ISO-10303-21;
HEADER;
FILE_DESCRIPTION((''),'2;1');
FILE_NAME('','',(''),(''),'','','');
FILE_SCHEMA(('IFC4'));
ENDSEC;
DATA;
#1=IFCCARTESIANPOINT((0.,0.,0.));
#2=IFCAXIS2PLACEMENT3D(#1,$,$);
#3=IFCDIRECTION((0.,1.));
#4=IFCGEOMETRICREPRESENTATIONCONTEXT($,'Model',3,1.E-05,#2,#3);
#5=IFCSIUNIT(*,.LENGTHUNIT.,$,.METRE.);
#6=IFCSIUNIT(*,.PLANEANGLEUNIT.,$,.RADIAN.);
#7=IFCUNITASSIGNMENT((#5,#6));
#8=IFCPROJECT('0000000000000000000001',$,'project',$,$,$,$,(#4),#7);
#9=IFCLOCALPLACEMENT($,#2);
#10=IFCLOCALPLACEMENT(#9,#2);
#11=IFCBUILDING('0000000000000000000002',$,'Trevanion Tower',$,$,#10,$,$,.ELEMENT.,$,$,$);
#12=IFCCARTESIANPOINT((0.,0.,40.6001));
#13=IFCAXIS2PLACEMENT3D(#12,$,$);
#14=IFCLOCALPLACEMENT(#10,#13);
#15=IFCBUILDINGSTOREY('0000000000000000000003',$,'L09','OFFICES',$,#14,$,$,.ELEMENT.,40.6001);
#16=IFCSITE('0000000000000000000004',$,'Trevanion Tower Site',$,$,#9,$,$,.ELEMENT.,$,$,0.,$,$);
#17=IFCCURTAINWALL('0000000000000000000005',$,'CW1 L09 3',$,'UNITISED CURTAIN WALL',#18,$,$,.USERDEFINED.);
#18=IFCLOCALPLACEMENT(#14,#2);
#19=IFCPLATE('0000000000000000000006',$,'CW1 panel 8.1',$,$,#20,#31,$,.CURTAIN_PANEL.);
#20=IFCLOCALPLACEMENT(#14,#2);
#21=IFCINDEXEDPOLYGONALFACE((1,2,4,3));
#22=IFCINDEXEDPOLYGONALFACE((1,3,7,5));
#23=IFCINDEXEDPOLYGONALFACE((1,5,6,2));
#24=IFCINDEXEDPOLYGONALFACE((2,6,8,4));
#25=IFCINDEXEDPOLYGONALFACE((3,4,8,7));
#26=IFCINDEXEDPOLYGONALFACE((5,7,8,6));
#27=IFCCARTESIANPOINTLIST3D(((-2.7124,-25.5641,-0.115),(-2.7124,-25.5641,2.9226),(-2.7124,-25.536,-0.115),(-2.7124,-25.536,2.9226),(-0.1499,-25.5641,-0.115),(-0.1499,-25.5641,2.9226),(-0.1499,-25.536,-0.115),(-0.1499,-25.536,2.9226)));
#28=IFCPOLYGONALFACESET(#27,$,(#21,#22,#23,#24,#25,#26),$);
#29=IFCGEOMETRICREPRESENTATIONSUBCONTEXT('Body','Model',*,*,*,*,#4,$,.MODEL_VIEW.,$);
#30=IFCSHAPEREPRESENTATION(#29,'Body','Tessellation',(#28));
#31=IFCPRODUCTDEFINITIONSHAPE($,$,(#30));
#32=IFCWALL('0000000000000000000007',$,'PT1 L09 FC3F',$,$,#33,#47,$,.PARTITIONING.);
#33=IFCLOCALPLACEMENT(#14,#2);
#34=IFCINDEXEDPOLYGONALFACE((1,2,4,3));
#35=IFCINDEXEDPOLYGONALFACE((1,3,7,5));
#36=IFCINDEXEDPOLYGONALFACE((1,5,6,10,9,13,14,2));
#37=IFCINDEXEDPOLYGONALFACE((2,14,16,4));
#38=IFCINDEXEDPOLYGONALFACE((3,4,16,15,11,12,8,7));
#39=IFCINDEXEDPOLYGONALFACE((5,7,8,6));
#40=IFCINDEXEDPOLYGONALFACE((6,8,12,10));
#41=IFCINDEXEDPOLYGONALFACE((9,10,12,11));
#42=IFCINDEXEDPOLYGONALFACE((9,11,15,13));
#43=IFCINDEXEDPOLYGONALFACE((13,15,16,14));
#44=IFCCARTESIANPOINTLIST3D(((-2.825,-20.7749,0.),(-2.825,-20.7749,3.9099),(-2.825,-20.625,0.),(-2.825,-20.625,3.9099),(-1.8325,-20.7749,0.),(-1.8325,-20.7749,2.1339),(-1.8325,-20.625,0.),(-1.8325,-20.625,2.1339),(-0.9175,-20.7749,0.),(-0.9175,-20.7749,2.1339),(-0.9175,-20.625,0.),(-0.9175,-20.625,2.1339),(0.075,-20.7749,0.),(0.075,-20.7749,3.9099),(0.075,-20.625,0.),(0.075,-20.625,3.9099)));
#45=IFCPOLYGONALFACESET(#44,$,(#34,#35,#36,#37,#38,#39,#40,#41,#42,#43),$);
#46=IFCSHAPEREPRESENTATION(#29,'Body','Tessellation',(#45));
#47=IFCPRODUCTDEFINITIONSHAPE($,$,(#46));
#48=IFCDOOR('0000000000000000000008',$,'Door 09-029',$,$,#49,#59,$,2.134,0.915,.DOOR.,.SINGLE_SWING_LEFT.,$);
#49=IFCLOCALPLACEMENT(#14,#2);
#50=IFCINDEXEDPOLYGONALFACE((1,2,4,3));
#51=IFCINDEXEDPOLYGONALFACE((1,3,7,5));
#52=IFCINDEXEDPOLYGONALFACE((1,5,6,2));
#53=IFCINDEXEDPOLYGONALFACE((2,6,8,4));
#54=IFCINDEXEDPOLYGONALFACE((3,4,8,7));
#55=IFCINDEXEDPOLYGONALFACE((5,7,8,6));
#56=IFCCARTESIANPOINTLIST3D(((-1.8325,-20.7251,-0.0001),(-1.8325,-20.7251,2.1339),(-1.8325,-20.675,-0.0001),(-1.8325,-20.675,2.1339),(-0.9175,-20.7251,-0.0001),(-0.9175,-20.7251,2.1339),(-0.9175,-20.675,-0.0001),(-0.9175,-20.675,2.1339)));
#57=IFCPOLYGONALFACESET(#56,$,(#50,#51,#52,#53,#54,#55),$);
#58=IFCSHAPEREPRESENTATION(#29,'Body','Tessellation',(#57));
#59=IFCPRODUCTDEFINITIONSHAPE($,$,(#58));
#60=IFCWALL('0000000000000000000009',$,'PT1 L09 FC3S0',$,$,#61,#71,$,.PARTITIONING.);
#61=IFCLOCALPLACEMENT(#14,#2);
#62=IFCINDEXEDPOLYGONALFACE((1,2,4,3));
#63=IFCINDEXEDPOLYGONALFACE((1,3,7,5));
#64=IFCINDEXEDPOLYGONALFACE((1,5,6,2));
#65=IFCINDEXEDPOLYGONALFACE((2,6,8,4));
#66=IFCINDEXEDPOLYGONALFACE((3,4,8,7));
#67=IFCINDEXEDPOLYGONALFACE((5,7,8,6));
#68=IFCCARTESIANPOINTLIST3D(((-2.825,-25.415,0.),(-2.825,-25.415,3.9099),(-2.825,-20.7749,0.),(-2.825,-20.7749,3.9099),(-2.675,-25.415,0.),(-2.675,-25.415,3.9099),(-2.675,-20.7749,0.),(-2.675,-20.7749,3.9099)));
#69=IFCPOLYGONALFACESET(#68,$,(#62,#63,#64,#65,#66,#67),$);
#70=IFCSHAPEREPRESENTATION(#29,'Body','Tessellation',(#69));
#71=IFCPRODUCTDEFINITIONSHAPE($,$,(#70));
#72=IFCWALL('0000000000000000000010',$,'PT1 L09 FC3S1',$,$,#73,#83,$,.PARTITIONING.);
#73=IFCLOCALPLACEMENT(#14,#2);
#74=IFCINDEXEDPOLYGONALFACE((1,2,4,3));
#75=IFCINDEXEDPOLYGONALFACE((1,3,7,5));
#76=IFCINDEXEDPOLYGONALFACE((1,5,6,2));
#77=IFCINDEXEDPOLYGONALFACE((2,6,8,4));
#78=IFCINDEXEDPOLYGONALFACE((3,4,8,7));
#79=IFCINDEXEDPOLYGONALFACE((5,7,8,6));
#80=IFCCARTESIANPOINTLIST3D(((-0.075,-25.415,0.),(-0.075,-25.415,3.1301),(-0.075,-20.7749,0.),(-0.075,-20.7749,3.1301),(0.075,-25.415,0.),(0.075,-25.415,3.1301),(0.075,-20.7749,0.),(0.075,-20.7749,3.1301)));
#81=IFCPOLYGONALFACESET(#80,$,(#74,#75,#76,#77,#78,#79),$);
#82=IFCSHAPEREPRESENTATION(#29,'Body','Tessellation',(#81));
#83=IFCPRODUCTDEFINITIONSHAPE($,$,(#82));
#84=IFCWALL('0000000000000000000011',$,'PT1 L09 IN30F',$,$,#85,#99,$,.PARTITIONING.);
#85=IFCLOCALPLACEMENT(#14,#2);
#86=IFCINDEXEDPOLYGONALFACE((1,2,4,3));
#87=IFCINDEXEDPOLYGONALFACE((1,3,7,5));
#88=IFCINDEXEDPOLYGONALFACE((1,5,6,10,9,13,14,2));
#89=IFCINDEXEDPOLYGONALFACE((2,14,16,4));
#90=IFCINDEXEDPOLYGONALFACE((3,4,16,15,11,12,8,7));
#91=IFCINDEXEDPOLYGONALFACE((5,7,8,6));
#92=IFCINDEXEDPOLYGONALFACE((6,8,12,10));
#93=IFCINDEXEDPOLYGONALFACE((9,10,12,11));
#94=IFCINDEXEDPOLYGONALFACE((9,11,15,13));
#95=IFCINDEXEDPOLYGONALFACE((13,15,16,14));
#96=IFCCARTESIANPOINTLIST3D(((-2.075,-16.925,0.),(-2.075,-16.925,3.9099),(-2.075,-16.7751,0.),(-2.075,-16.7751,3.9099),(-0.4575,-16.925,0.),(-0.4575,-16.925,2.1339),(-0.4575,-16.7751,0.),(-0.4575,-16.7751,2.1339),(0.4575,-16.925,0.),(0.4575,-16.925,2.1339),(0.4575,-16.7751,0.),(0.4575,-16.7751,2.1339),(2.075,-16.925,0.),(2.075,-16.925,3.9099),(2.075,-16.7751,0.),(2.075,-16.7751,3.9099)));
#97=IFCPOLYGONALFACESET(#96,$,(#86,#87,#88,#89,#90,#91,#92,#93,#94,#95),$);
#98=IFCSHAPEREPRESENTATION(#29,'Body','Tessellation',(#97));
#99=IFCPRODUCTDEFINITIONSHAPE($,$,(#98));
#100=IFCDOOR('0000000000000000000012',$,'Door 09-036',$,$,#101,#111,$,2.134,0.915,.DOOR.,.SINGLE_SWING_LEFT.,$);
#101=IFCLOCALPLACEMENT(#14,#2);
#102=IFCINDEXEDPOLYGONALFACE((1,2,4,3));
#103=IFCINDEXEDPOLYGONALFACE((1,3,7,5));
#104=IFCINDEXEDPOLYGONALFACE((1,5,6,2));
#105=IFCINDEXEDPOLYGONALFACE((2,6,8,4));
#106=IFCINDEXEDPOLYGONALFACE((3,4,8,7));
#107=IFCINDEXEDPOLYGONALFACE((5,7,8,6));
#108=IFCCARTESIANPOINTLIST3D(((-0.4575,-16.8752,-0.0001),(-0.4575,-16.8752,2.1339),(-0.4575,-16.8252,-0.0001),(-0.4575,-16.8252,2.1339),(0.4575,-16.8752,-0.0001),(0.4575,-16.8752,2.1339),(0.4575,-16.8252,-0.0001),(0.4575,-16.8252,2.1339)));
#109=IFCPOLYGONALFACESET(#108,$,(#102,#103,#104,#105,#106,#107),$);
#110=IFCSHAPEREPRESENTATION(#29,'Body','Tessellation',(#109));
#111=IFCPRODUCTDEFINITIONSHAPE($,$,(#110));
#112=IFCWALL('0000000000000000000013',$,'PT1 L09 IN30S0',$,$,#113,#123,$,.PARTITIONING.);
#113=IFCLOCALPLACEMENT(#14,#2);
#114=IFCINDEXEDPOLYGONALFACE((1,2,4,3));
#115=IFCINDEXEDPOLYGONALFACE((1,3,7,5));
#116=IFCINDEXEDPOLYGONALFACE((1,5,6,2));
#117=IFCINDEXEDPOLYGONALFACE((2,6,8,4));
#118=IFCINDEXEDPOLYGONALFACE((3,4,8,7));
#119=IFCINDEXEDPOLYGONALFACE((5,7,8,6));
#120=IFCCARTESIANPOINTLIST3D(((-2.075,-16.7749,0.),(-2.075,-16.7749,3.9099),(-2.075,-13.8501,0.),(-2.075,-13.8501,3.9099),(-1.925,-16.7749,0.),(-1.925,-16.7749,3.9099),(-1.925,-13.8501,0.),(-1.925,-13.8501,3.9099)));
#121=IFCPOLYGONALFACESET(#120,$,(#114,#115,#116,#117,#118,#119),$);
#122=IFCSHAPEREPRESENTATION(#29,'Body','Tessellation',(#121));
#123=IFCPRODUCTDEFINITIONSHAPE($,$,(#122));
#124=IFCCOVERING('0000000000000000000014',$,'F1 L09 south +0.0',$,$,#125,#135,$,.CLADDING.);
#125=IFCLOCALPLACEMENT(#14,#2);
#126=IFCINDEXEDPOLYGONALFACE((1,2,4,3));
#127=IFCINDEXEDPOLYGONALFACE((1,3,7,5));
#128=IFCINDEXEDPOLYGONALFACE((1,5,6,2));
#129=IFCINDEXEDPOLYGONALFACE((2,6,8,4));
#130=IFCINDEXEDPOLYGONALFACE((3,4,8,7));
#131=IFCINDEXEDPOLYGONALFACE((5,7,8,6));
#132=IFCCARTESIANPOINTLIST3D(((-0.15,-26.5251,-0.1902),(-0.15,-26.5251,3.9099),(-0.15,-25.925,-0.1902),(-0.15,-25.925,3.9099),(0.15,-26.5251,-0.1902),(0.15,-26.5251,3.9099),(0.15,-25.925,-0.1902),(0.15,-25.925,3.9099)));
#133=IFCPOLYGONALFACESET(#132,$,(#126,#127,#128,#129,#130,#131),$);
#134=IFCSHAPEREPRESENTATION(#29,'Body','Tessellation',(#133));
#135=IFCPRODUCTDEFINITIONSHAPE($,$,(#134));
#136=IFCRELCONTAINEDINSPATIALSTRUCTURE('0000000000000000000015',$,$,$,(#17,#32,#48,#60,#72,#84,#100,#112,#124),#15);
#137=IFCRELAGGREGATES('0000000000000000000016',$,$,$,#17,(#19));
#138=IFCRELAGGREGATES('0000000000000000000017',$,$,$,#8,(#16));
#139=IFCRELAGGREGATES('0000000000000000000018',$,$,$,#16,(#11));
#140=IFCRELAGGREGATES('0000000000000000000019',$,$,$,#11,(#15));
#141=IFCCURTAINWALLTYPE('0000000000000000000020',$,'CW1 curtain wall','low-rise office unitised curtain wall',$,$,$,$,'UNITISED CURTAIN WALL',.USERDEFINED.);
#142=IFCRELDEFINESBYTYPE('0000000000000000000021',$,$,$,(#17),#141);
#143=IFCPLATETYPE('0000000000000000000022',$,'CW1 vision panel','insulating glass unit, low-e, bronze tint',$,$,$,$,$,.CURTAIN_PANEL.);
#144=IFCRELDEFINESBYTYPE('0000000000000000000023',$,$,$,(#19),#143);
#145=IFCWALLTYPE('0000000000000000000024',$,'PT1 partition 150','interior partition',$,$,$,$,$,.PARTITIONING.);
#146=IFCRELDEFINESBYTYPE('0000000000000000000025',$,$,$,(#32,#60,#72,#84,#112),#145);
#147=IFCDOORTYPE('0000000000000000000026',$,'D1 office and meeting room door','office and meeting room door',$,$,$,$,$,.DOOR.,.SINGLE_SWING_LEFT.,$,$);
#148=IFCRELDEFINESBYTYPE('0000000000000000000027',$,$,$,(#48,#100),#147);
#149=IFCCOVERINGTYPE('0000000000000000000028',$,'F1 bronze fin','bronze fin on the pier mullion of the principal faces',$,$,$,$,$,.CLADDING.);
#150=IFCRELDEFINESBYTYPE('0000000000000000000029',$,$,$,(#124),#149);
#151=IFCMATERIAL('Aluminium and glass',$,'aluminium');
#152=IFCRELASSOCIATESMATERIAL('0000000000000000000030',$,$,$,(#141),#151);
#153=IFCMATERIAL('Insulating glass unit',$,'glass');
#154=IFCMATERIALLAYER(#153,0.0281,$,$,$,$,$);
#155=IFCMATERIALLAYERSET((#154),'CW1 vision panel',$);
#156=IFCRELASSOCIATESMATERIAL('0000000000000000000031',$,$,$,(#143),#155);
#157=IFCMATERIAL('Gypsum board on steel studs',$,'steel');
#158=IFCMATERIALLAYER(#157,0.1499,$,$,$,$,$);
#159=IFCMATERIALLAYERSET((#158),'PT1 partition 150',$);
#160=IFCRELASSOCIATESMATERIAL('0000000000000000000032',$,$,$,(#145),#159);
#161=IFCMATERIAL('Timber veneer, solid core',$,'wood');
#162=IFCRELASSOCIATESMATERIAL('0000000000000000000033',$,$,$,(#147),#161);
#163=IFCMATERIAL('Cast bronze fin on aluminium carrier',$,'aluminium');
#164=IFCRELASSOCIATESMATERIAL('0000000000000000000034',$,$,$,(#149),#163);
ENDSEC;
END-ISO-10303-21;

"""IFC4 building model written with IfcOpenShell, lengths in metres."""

from ifc_helpers import new_model, si_unit, direction, frame, frame_2d, origin, origin_2d, place, context, subcontext, project, spatial, rectangle, extrude, material, layer, layer_set, type_object, element, fill, aggregate, save


model = new_model("IFC4")

# Units and contexts
model_context = context("Model", 3, precision=1e-05, world=origin(), true_north=direction((0.0, 1.0)))
body_context = subcontext(model_context, "Body", "Model", "MODEL_VIEW")
ifc_project = project(units=[si_unit("LENGTHUNIT", "METRE"), si_unit("PLANEANGLEUNIT", "RADIAN")], contexts=[model_context])

# Site, building, storey
site_placement = place(None, origin())
site = spatial("IfcSite", under=ifc_project, at=site_placement, Name="Trevanion Tower Site", CompositionType="ELEMENT", RefElevation=0.0)
building_placement = place(site_placement, origin())
building = spatial("IfcBuilding", under=site, at=building_placement, Name="Trevanion Tower", CompositionType="ELEMENT")
storey_placement = place(building_placement, frame((0.0, 0.0, 40.6001)))
storey = spatial("IfcBuildingStorey", under=building, at=storey_placement, Name="L09", Description="OFFICES", CompositionType="ELEMENT", Elevation=40.6001)

# Curtain wall
ifc_material_1 = material(Name="Aluminium and glass", Category="aluminium")
curtain_wall_type = type_object("IfcCurtainWallType", Name="CW1 curtain wall", Description="low-rise office unitised curtain wall", ElementType="UNITISED CURTAIN WALL", PredefinedType="USERDEFINED", material=ifc_material_1)
curtain_wall_placement = place(storey_placement, origin())
curtain_wall = element("IfcCurtainWall", 1, at=curtain_wall_placement, inside=storey, type_object=curtain_wall_type, Name="CW1 L09 3", ObjectType="UNITISED CURTAIN WALL", PredefinedType="USERDEFINED")

# Plate
ifc_material_2 = material(Name="Insulating glass unit", Category="glass")
ifc_layer_1 = layer(ifc_material_2, 0.0281)
ifc_layer_set_1 = layer_set([ifc_layer_1], Name="CW1 vision panel")
plate_type_1 = type_object("IfcPlateType", Name="CW1 vision panel", Description="insulating glass unit, low-e, bronze tint", PredefinedType="CURTAIN_PANEL", material=ifc_layer_set_1)
plate_1_placement = place(storey_placement, frame((-1.4312, -25.55, -0.115), z_axis=(0.0, 0.0, 1.0), x_axis=(1.0, 0.0, 0.0)))
plate_1 = element("IfcPlate", 2, at=plate_1_placement, type_object=plate_type_1, Name="CW1 panel 8.1", PredefinedType="CURTAIN_PANEL", context=body_context, shape_type="SweptSolid", body=[
    extrude(rectangle(XDim=2.5625, YDim=0.0281, at=origin_2d()), origin(), (0.0, 0.0, 1.0), 3.0376),
])
aggregate(curtain_wall, [plate_1])

# Wall, opening, door
ifc_material_3 = material(Name="Gypsum board on steel studs", Category="steel")
ifc_layer_2 = layer(ifc_material_3, 0.1499)
ifc_layer_set_2 = layer_set([ifc_layer_2], Name="PT1 partition 150")
wall_type = type_object("IfcWallType", Name="PT1 partition 150", Description="interior partition", PredefinedType="PARTITIONING", material=ifc_layer_set_2)
wall_1_placement = place(storey_placement, frame((-2.825, -20.7, 0.0), z_axis=(0.0, 0.0, 1.0), x_axis=(1.0, 0.0, 0.0)))
wall_1 = element("IfcWall", 3, at=wall_1_placement, inside=storey, type_object=wall_type, Name="PT1 L09 FC3F", PredefinedType="PARTITIONING", context=body_context, shape_type="SweptSolid", body=[
    extrude(rectangle(XDim=2.8999, YDim=0.1499, at=frame_2d((1.45, 0.0))), origin(), (0.0, 0.0, 1.0), 3.9099),
])
opening_1_placement = place(wall_1_placement, frame((0.9924, 0.0, 0.0)))
opening_1 = element("IfcOpeningElement", 4, at=opening_1_placement, cuts=wall_1, PredefinedType="OPENING", context=body_context, shape_type="SweptSolid", body=[
    extrude(rectangle(XDim=0.915, YDim=2.134, at=frame_2d((0.4575, 1.0669))), frame((0.0, 0.085, 0.0), z_axis=(0.0, -1.0, 0.0), x_axis=(1.0, 0.0, 0.0)), (0.0, 0.0, 1.0), 0.1699),
])
ifc_material_4 = material(Name="Timber veneer, solid core", Category="wood")
door_type = type_object("IfcDoorType", Name="D1 office and meeting room door", Description="office and meeting room door", OperationType="SINGLE_SWING_LEFT", PredefinedType="DOOR", material=ifc_material_4)
door_1_placement = place(opening_1_placement, origin())
door_1 = element("IfcDoor", 5, at=door_1_placement, inside=storey, type_object=door_type, Name="Door 09-029", OperationType="SINGLE_SWING_LEFT", OverallHeight=2.134, OverallWidth=0.915, PredefinedType="DOOR", context=body_context, shape_type="SweptSolid", body=[
    extrude(rectangle(XDim=0.915, YDim=2.134, at=frame_2d((0.4575, 1.0669))), frame((0.0, 0.0249, 0.0), z_axis=(0.0, -1.0, 0.0), x_axis=(1.0, 0.0, 0.0)), (0.0, 0.0, 1.0), 0.05),
])
fill(opening_1, door_1)

# Walls
wall_2_placement = place(storey_placement, frame((-2.75, -20.7749, 0.0), z_axis=(0.0, 0.0, 1.0), x_axis=(0.0, -1.0, 0.0)))
element("IfcWall", 6, at=wall_2_placement, inside=storey, type_object=wall_type, Name="PT1 L09 FC3S0", PredefinedType="PARTITIONING", context=body_context, shape_type="SweptSolid", body=[
    extrude(rectangle(XDim=4.6401, YDim=0.1499, at=frame_2d((2.3201, 0.0))), origin(), (0.0, 0.0, 1.0), 3.9099),
])
wall_3_placement = place(storey_placement, frame((0.0, -20.7749, 0.0), z_axis=(0.0, 0.0, 1.0), x_axis=(0.0, -1.0, 0.0)))
element("IfcWall", 7, at=wall_3_placement, inside=storey, type_object=wall_type, Name="PT1 L09 FC3S1", PredefinedType="PARTITIONING", context=body_context, shape_type="SweptSolid", body=[
    extrude(rectangle(XDim=4.6401, YDim=0.1499, at=frame_2d((2.3201, 0.0))), origin(), (0.0, 0.0, 1.0), 3.1301),
])

# Wall, opening, door
wall_4_placement = place(storey_placement, frame((-2.075, -16.8501, 0.0), z_axis=(0.0, 0.0, 1.0), x_axis=(1.0, 0.0, 0.0)))
wall_4 = element("IfcWall", 8, at=wall_4_placement, inside=storey, type_object=wall_type, Name="PT1 L09 IN30F", PredefinedType="PARTITIONING", context=body_context, shape_type="SweptSolid", body=[
    extrude(rectangle(XDim=4.1499, YDim=0.1499, at=frame_2d((2.075, 0.0))), origin(), (0.0, 0.0, 1.0), 3.9099),
])
opening_2_placement = place(wall_4_placement, frame((1.6174, 0.0, 0.0)))
opening_2 = element("IfcOpeningElement", 9, at=opening_2_placement, cuts=wall_4, PredefinedType="OPENING", context=body_context, shape_type="SweptSolid", body=[
    extrude(rectangle(XDim=0.915, YDim=2.134, at=frame_2d((0.4575, 1.0669))), frame((0.0, 0.085, 0.0), z_axis=(0.0, -1.0, 0.0), x_axis=(1.0, 0.0, 0.0)), (0.0, 0.0, 1.0), 0.1699),
])
door_2_placement = place(opening_2_placement, origin())
door_2 = element("IfcDoor", 10, at=door_2_placement, inside=storey, type_object=door_type, Name="Door 09-036", OperationType="SINGLE_SWING_LEFT", OverallHeight=2.134, OverallWidth=0.915, PredefinedType="DOOR", context=body_context, shape_type="SweptSolid", body=[
    extrude(rectangle(XDim=0.915, YDim=2.134, at=frame_2d((0.4575, 1.0669))), frame((0.0, 0.0249, 0.0), z_axis=(0.0, -1.0, 0.0), x_axis=(1.0, 0.0, 0.0)), (0.0, 0.0, 1.0), 0.05),
])
fill(opening_2, door_2)

# Wall
wall_5_placement = place(storey_placement, frame((-2.0, -16.7749, 0.0), z_axis=(0.0, 0.0, 1.0), x_axis=(0.0, 1.0, 0.0)))
element("IfcWall", 11, at=wall_5_placement, inside=storey, type_object=wall_type, Name="PT1 L09 IN30S0", PredefinedType="PARTITIONING", context=body_context, shape_type="SweptSolid", body=[
    extrude(rectangle(XDim=2.9248, YDim=0.1499, at=frame_2d((1.4624, 0.0))), origin(), (0.0, 0.0, 1.0), 3.9099),
])

# Covering
ifc_material_5 = material(Name="Cast bronze fin on aluminium carrier", Category="aluminium")
covering_type = type_object("IfcCoveringType", Name="F1 bronze fin", Description="bronze fin on the pier mullion of the principal faces", PredefinedType="CLADDING", material=ifc_material_5)
covering_placement = place(storey_placement, frame((0.0, -26.2251, -0.1902), z_axis=(0.0, 0.0, 1.0), x_axis=(1.0, 0.0, 0.0)))
element("IfcCovering", 12, at=covering_placement, inside=storey, type_object=covering_type, Name="F1 L09 south +0.0", PredefinedType="CLADDING", context=body_context, shape_type="SweptSolid", body=[
    extrude(rectangle(XDim=0.3, YDim=0.6001, at=origin_2d()), origin(), (0.0, 0.0, 1.0), 4.1001),
])

save(model, "model.ifc")
